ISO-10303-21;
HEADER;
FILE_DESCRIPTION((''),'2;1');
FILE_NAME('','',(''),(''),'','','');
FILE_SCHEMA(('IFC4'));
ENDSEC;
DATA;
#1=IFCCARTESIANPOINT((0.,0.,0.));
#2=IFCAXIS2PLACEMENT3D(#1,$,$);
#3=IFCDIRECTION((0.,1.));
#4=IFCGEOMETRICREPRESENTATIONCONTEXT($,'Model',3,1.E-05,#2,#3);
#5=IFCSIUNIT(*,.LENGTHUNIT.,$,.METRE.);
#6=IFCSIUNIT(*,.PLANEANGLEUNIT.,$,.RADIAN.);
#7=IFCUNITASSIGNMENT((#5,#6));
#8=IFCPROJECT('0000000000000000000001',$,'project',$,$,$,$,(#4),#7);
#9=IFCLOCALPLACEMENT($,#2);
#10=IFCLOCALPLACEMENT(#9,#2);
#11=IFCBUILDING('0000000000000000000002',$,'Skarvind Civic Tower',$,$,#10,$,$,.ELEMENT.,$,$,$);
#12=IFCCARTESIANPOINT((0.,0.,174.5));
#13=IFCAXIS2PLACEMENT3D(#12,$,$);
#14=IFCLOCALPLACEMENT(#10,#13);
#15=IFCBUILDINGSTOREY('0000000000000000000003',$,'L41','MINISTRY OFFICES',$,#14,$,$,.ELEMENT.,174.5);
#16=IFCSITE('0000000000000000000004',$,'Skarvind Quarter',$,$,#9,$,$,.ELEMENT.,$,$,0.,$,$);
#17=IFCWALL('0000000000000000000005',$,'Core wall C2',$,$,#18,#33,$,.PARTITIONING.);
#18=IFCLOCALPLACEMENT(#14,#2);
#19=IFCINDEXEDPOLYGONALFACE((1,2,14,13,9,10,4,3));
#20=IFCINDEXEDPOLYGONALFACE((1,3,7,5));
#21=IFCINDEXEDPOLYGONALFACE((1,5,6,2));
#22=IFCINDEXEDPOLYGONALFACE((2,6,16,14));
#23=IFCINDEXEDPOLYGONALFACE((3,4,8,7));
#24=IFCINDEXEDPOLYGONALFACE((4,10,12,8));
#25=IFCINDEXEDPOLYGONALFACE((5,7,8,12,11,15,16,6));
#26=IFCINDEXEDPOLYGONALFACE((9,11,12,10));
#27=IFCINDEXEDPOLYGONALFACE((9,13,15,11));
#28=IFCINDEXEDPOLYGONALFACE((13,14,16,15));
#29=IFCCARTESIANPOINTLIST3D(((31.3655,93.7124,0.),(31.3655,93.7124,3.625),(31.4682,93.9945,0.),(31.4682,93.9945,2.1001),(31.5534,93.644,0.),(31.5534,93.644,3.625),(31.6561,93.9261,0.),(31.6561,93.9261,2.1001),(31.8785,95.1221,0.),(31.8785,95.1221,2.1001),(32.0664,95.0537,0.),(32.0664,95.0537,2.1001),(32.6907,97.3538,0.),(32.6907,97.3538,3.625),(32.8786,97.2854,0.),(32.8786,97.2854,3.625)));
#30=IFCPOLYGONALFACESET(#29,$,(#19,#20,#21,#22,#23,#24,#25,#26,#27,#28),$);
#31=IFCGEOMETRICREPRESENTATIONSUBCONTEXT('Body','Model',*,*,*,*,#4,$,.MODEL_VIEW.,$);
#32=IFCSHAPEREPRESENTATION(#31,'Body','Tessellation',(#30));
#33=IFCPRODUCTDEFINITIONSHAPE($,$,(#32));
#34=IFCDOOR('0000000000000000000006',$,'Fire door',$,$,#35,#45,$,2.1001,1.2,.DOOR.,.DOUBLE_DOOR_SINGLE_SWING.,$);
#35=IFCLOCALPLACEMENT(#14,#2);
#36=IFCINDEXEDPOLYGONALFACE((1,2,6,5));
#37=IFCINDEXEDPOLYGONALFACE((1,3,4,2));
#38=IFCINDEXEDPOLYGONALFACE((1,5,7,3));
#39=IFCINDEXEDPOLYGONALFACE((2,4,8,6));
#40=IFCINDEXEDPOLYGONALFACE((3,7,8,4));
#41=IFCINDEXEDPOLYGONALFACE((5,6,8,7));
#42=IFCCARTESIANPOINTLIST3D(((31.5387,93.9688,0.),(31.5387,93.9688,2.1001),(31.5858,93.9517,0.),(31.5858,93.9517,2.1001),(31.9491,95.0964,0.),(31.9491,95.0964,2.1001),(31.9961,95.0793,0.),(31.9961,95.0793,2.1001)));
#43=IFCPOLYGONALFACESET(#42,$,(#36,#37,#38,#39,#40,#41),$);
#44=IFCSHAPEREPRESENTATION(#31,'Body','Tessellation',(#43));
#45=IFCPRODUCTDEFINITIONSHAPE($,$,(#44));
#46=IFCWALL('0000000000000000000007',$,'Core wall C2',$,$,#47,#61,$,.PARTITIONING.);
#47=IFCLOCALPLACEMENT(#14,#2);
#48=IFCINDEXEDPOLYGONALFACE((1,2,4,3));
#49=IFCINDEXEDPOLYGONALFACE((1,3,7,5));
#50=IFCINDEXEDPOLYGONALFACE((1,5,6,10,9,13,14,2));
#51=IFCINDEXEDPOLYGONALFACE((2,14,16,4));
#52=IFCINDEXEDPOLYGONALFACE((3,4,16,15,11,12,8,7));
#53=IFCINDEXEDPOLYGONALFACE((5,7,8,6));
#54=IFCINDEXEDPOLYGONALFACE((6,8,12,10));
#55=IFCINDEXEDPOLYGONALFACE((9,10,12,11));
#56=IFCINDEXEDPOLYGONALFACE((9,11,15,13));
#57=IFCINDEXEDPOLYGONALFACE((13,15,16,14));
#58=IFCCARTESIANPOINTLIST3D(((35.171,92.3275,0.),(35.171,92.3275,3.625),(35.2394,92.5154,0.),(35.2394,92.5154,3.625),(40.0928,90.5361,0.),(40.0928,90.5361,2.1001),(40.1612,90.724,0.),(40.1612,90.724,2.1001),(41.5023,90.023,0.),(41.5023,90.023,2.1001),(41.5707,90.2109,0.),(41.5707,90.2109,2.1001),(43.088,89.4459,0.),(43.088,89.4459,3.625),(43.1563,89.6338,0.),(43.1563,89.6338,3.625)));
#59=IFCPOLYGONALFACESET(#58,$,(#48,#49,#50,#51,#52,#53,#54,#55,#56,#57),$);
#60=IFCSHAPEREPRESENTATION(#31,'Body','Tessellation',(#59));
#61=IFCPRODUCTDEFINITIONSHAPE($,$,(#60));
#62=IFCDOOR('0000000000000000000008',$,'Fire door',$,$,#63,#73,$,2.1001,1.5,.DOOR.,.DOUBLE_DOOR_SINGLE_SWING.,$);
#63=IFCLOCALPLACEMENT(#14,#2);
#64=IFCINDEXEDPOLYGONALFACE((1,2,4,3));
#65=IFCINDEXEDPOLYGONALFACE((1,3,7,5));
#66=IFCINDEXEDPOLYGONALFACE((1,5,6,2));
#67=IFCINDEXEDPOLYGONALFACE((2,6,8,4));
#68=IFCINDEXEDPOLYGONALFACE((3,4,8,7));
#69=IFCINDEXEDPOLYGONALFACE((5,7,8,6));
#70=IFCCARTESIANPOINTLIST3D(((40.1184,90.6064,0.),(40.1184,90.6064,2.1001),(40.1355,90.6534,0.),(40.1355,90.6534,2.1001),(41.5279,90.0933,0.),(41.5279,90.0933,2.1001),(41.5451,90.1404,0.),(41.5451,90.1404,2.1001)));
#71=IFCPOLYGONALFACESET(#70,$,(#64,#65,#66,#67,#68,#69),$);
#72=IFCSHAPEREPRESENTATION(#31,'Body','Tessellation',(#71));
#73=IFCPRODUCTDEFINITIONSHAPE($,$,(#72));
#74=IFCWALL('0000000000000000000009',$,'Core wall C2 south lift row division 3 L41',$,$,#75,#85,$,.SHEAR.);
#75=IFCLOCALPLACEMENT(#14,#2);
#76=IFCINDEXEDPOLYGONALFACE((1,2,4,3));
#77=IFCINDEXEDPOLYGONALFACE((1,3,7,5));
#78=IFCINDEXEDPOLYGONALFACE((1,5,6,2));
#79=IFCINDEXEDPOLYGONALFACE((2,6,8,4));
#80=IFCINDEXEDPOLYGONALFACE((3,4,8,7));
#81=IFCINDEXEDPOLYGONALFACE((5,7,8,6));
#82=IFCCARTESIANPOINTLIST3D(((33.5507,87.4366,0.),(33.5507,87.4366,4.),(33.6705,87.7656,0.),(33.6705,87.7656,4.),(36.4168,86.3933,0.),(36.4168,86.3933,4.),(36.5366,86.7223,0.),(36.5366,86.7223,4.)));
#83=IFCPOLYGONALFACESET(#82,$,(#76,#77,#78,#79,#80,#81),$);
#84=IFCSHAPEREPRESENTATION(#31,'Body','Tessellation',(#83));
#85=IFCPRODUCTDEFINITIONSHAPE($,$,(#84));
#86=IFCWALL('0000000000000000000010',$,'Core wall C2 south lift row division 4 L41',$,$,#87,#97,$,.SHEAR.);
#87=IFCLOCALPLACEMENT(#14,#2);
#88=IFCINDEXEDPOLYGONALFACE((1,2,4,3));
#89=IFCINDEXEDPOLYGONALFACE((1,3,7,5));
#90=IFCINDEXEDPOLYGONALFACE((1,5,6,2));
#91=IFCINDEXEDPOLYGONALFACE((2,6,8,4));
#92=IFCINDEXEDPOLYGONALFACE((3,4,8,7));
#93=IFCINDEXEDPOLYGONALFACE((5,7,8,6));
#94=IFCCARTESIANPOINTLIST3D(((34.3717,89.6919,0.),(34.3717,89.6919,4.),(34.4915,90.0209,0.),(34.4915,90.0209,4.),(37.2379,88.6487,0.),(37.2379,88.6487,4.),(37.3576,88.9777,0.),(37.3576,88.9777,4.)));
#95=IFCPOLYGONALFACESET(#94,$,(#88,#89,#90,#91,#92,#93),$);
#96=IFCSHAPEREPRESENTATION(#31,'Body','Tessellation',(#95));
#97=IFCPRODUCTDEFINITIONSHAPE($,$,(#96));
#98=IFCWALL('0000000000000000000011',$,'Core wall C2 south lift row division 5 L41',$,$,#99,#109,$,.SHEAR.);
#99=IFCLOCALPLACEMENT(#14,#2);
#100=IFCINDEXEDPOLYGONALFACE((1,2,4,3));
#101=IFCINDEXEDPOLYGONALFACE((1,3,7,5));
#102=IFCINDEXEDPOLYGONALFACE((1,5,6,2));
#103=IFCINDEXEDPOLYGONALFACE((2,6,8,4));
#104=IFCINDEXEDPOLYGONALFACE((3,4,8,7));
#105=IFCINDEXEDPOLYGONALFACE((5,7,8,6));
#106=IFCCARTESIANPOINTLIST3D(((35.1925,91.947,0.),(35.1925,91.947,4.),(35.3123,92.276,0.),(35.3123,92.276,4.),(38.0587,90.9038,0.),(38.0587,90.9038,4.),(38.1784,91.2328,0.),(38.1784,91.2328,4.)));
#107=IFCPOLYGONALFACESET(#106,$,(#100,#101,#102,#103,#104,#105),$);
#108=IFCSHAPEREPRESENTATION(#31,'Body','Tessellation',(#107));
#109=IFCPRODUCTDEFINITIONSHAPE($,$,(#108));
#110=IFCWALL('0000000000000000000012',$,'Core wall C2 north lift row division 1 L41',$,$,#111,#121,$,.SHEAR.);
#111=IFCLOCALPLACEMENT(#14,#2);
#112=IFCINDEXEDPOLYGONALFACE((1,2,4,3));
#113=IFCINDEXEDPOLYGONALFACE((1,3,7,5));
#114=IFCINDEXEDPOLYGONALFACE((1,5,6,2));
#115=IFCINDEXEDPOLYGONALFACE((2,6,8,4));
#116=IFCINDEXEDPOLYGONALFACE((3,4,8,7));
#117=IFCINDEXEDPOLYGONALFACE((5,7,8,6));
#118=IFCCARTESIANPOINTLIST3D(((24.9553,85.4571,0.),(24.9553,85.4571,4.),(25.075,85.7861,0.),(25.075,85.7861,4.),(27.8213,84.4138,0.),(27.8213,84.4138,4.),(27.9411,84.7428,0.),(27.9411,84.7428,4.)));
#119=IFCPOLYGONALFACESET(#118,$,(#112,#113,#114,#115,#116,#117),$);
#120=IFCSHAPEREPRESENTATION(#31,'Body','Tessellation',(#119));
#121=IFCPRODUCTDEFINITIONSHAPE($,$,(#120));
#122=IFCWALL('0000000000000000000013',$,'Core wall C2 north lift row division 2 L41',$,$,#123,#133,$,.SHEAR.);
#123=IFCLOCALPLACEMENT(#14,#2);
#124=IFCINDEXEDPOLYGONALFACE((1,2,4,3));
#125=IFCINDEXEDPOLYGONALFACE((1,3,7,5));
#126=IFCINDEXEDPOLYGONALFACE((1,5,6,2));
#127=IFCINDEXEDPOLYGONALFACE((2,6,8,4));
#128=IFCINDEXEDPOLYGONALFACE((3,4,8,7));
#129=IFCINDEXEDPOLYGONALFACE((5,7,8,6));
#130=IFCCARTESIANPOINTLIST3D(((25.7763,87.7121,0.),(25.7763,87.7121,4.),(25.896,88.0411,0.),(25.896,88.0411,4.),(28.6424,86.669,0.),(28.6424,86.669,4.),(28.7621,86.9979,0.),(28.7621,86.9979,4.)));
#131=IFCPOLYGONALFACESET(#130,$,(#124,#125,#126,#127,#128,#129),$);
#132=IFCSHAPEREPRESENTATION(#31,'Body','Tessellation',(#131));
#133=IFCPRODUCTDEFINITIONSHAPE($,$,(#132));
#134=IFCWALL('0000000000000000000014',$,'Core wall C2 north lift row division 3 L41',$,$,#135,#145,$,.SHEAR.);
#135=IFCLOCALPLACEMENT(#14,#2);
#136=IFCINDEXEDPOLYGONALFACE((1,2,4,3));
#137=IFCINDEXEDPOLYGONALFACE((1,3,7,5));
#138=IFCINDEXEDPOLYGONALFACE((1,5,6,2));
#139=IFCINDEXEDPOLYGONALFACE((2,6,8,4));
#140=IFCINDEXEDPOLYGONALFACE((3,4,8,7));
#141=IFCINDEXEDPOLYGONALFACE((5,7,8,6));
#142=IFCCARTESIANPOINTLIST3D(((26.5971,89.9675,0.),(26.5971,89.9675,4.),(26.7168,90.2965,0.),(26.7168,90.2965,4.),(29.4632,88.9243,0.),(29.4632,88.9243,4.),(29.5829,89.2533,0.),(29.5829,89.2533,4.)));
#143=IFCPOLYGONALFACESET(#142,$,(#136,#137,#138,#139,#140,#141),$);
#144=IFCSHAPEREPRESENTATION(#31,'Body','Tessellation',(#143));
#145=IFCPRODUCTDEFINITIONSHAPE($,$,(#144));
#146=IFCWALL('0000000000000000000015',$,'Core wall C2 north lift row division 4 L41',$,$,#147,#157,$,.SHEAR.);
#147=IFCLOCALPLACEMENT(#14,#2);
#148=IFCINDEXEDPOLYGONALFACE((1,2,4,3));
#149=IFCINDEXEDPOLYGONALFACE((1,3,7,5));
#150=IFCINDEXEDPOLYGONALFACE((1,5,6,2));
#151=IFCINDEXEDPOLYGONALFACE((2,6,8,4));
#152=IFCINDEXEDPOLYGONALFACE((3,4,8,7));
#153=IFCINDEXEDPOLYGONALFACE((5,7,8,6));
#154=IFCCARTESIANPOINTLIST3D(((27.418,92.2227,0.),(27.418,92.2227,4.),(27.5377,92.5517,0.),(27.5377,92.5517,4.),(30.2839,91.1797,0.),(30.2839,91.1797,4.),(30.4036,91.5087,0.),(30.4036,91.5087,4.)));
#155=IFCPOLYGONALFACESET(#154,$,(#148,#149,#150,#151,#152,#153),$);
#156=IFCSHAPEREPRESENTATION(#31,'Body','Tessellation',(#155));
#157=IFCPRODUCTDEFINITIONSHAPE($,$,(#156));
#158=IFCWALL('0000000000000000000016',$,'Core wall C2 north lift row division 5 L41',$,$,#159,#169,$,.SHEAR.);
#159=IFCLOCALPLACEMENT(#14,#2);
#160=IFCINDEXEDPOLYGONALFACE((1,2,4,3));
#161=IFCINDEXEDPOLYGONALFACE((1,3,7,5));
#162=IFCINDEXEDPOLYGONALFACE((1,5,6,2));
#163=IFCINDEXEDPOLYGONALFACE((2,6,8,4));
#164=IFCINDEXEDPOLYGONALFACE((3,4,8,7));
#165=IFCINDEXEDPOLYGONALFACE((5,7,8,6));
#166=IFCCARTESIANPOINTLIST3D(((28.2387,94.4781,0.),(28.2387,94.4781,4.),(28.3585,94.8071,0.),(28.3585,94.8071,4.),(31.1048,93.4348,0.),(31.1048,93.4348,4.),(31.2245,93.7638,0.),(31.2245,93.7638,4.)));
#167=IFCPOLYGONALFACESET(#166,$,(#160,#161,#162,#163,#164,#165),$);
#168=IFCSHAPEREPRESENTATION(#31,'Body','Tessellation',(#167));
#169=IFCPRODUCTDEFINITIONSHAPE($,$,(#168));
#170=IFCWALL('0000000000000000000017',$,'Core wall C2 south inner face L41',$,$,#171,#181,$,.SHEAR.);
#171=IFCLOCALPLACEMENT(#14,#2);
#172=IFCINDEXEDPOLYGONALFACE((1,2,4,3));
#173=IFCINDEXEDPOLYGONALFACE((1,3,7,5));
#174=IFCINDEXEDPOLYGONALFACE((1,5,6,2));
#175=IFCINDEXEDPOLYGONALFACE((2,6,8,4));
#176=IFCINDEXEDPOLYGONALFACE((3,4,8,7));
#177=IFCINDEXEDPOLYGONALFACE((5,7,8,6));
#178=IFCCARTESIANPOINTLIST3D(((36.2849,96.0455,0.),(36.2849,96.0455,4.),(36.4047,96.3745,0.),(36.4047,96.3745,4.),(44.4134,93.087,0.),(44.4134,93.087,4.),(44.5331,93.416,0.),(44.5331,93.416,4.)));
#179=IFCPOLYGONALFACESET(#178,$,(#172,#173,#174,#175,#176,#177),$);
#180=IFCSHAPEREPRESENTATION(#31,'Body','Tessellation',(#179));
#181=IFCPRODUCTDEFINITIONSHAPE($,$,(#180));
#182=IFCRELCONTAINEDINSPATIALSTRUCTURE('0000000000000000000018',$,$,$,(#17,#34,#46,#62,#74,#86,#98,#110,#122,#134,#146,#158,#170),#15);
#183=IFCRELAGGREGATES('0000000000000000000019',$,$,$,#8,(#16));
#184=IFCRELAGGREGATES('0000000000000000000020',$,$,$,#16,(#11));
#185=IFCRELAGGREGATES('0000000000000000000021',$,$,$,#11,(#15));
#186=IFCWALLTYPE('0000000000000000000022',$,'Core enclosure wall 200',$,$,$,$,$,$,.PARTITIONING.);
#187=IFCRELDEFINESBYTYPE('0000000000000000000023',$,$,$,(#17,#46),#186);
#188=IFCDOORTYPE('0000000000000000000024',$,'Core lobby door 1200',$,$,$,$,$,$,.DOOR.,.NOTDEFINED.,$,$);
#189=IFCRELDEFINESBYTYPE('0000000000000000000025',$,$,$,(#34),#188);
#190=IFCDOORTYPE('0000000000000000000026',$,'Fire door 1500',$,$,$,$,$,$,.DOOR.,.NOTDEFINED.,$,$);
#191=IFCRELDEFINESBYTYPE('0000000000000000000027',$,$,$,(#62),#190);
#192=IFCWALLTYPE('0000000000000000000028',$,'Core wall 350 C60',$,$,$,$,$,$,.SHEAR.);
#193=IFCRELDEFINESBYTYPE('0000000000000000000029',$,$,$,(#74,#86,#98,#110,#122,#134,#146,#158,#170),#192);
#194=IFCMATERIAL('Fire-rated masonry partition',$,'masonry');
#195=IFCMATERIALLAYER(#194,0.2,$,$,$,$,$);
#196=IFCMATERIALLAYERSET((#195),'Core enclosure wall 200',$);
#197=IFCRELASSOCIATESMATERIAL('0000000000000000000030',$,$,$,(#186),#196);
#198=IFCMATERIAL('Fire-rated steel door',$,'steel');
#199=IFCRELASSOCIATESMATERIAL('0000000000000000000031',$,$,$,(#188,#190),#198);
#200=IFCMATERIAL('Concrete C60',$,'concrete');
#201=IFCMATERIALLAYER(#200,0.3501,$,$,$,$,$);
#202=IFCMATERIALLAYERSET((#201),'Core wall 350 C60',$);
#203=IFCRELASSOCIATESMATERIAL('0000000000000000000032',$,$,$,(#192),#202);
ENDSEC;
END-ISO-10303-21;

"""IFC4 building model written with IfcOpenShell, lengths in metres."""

from ifc_helpers import new_model, si_unit, direction, frame, frame_2d, origin, place, context, subcontext, project, spatial, rectangle, extrude, material, layer, layer_set, type_object, element, fill, save


model = new_model("IFC4")

# Units and contexts
model_context = context("Model", 3, precision=1e-05, world=origin(), true_north=direction((0.0, 1.0)))
body_context = subcontext(model_context, "Body", "Model", "MODEL_VIEW")
ifc_project = project(units=[si_unit("LENGTHUNIT", "METRE"), si_unit("PLANEANGLEUNIT", "RADIAN")], contexts=[model_context])

# Site, building, storey
site_placement = place(None, origin())
site = spatial("IfcSite", under=ifc_project, at=site_placement, Name="Skarvind Quarter", CompositionType="ELEMENT", RefElevation=0.0)
building_placement = place(site_placement, origin())
building = spatial("IfcBuilding", under=site, at=building_placement, Name="Skarvind Civic Tower", CompositionType="ELEMENT")
storey_placement = place(building_placement, frame((0.0, 0.0, 174.5)))
storey = spatial("IfcBuildingStorey", under=building, at=storey_placement, Name="L41", Description="MINISTRY OFFICES", CompositionType="ELEMENT", Elevation=174.5)

# Walls, openings, doors
ifc_material_1 = material(Name="Fire-rated masonry partition", Category="masonry")
ifc_layer_1 = layer(ifc_material_1, 0.2)
ifc_layer_set_1 = layer_set([ifc_layer_1], Name="Core enclosure wall 200")
wall_type_1 = type_object("IfcWallType", Name="Core enclosure wall 200", PredefinedType="PARTITIONING", material=ifc_layer_set_1)
wall_1_placement = place(storey_placement, frame((31.4595, 93.6782, 0.0), z_axis=(0.0, 0.0, 1.0), x_axis=(0.341986, 0.939705, 0.0)))
wall_1 = element("IfcWall", 1, at=wall_1_placement, inside=storey, type_object=wall_type_1, Name="Core wall C2", PredefinedType="PARTITIONING", context=body_context, shape_type="SweptSolid", body=[
    extrude(rectangle(XDim=3.875, YDim=0.2, at=frame_2d((1.9375, 0.0))), origin(), (0.0, 0.0, 1.0), 3.625),
])
opening_1_placement = place(wall_1_placement, frame((0.3, 0.0, 0.0)))
opening_1 = element("IfcOpeningElement", 2, at=opening_1_placement, cuts=wall_1, PredefinedType="OPENING", context=body_context, shape_type="SweptSolid", body=[
    extrude(rectangle(XDim=1.2, YDim=2.1001, at=frame_2d((0.6001, 1.05))), frame((0.0, 0.1099, 0.0), z_axis=(0.0, -1.0, 0.0), x_axis=(1.0, 0.0, 0.0)), (0.0, 0.0, 1.0), 0.22),
])
ifc_material_2 = material(Name="Fire-rated steel door", Category="steel")
door_type_1 = type_object("IfcDoorType", Name="Core lobby door 1200", OperationType="NOTDEFINED", PredefinedType="DOOR", material=ifc_material_2)
door_1_placement = place(opening_1_placement, origin())
door_1 = element("IfcDoor", 3, at=door_1_placement, inside=storey, type_object=door_type_1, Name="Fire door", OperationType="DOUBLE_DOOR_SINGLE_SWING", OverallHeight=2.1001, OverallWidth=1.2, PredefinedType="DOOR", context=body_context, shape_type="SweptSolid", body=[
    extrude(rectangle(XDim=1.2, YDim=2.1001, at=frame_2d((0.6001, 1.05))), frame((0.0, 0.0249, 0.0), z_axis=(0.0, -1.0, 0.0), x_axis=(1.0, 0.0, 0.0)), (0.0, 0.0, 1.0), 0.05),
])
fill(opening_1, door_1)
wall_2_placement = place(storey_placement, frame((35.2053, 92.4214, 0.0), z_axis=(0.0, 0.0, 1.0), x_axis=(0.939691, -0.342025, 0.0)))
wall_2 = element("IfcWall", 4, at=wall_2_placement, inside=storey, type_object=wall_type_1, Name="Core wall C2", PredefinedType="PARTITIONING", context=body_context, shape_type="SweptSolid", body=[
    extrude(rectangle(XDim=8.425, YDim=0.2, at=frame_2d((4.2124, 0.0))), origin(), (0.0, 0.0, 1.0), 3.625),
])
opening_2_placement = place(wall_2_placement, frame((5.2375, 0.0, 0.0)))
opening_2 = element("IfcOpeningElement", 5, at=opening_2_placement, cuts=wall_2, PredefinedType="OPENING", context=body_context, shape_type="SweptSolid", body=[
    extrude(rectangle(XDim=1.5, YDim=2.1001, at=frame_2d((0.75, 1.05))), frame((0.0, 0.1099, 0.0), z_axis=(0.0, -1.0, 0.0), x_axis=(1.0, 0.0, 0.0)), (0.0, 0.0, 1.0), 0.22),
])
door_type_2 = type_object("IfcDoorType", Name="Fire door 1500", OperationType="NOTDEFINED", PredefinedType="DOOR", material=ifc_material_2)
door_2_placement = place(opening_2_placement, origin())
door_2 = element("IfcDoor", 6, at=door_2_placement, inside=storey, type_object=door_type_2, Name="Fire door", OperationType="DOUBLE_DOOR_SINGLE_SWING", OverallHeight=2.1001, OverallWidth=1.5, PredefinedType="DOOR", context=body_context, shape_type="SweptSolid", body=[
    extrude(rectangle(XDim=1.5, YDim=2.1001, at=frame_2d((0.75, 1.05))), frame((0.0, 0.0249, 0.0), z_axis=(0.0, -1.0, 0.0), x_axis=(1.0, 0.0, 0.0)), (0.0, 0.0, 1.0), 0.05),
])
fill(opening_2, door_2)

# Walls
ifc_material_3 = material(Name="Concrete C60", Category="concrete")
ifc_layer_2 = layer(ifc_material_3, 0.3501)
ifc_layer_set_2 = layer_set([ifc_layer_2], Name="Core wall 350 C60")
wall_type_2 = type_object("IfcWallType", Name="Core wall 350 C60", PredefinedType="SHEAR", material=ifc_layer_set_2)
for number, where, z_axis, x_axis, name in (
    (7, (36.4766, 86.5579, 0.0), (0.0, 0.0, 1.0), (-0.939684, 0.342045, 0.0), "Core wall C2 south lift row division 3 L41"),
    (8, (37.2976, 88.8132, 0.0), (0.0, 0.0, 1.0), (-0.939693, 0.342019, 0.0), "Core wall C2 south lift row division 4 L41"),
    (9, (38.1184, 91.0684, 0.0), (0.0, 0.0, 1.0), (-0.939693, 0.342019, 0.0), "Core wall C2 south lift row division 5 L41"),
    (10, (27.8811, 84.5784, 0.0), (0.0, 0.0, 1.0), (-0.939684, 0.342045, 0.0), "Core wall C2 north lift row division 1 L41"),
    (11, (28.7021, 86.8335, 0.0), (0.0, 0.0, 1.0), (-0.939693, 0.342019, 0.0), "Core wall C2 north lift row division 2 L41"),
    (12, (29.5229, 89.0889, 0.0), (0.0, 0.0, 1.0), (-0.939693, 0.342019, 0.0), "Core wall C2 north lift row division 3 L41"),
):
    element("IfcWall", number, at=place(storey_placement, frame(where, z_axis=z_axis, x_axis=x_axis)), inside=storey, type_object=wall_type_2, Name=name, PredefinedType="SHEAR", context=body_context, shape_type="SweptSolid", body=[
        extrude(rectangle(XDim=3.05, YDim=0.3501, at=frame_2d((1.5249, 0.0))), origin(), (0.0, 0.0, 1.0), 4.0),
    ])
wall_3_placement = place(storey_placement, frame((30.3438, 91.3442, 0.0), z_axis=(0.0, 0.0, 1.0), x_axis=(-0.939709, 0.341974, 0.0)))
element("IfcWall", 13, at=wall_3_placement, inside=storey, type_object=wall_type_2, Name="Core wall C2 north lift row division 4 L41", PredefinedType="SHEAR", context=body_context, shape_type="SweptSolid", body=[
    extrude(rectangle(XDim=3.0498, YDim=0.3501, at=frame_2d((1.5249, 0.0))), origin(), (0.0, 0.0, 1.0), 4.0),
])
wall_4_placement = place(storey_placement, frame((31.1646, 93.5994, 0.0), z_axis=(0.0, 0.0, 1.0), x_axis=(-0.939684, 0.342045, 0.0)))
element("IfcWall", 14, at=wall_4_placement, inside=storey, type_object=wall_type_2, Name="Core wall C2 north lift row division 5 L41", PredefinedType="SHEAR", context=body_context, shape_type="SweptSolid", body=[
    extrude(rectangle(XDim=3.05, YDim=0.3501, at=frame_2d((1.5249, 0.0))), origin(), (0.0, 0.0, 1.0), 4.0),
])
wall_5_placement = place(storey_placement, frame((44.4734, 93.2515, 0.0), z_axis=(0.0, 0.0, 1.0), x_axis=(-0.939693, 0.34202, 0.0)))
element("IfcWall", 15, at=wall_5_placement, inside=storey, type_object=wall_type_2, Name="Core wall C2 south inner face L41", PredefinedType="SHEAR", context=body_context, shape_type="SweptSolid", body=[
    extrude(rectangle(XDim=8.6501, YDim=0.3501, at=frame_2d((4.3252, 0.0))), origin(), (0.0, 0.0, 1.0), 4.0),
])

save(model, "model.ifc")
